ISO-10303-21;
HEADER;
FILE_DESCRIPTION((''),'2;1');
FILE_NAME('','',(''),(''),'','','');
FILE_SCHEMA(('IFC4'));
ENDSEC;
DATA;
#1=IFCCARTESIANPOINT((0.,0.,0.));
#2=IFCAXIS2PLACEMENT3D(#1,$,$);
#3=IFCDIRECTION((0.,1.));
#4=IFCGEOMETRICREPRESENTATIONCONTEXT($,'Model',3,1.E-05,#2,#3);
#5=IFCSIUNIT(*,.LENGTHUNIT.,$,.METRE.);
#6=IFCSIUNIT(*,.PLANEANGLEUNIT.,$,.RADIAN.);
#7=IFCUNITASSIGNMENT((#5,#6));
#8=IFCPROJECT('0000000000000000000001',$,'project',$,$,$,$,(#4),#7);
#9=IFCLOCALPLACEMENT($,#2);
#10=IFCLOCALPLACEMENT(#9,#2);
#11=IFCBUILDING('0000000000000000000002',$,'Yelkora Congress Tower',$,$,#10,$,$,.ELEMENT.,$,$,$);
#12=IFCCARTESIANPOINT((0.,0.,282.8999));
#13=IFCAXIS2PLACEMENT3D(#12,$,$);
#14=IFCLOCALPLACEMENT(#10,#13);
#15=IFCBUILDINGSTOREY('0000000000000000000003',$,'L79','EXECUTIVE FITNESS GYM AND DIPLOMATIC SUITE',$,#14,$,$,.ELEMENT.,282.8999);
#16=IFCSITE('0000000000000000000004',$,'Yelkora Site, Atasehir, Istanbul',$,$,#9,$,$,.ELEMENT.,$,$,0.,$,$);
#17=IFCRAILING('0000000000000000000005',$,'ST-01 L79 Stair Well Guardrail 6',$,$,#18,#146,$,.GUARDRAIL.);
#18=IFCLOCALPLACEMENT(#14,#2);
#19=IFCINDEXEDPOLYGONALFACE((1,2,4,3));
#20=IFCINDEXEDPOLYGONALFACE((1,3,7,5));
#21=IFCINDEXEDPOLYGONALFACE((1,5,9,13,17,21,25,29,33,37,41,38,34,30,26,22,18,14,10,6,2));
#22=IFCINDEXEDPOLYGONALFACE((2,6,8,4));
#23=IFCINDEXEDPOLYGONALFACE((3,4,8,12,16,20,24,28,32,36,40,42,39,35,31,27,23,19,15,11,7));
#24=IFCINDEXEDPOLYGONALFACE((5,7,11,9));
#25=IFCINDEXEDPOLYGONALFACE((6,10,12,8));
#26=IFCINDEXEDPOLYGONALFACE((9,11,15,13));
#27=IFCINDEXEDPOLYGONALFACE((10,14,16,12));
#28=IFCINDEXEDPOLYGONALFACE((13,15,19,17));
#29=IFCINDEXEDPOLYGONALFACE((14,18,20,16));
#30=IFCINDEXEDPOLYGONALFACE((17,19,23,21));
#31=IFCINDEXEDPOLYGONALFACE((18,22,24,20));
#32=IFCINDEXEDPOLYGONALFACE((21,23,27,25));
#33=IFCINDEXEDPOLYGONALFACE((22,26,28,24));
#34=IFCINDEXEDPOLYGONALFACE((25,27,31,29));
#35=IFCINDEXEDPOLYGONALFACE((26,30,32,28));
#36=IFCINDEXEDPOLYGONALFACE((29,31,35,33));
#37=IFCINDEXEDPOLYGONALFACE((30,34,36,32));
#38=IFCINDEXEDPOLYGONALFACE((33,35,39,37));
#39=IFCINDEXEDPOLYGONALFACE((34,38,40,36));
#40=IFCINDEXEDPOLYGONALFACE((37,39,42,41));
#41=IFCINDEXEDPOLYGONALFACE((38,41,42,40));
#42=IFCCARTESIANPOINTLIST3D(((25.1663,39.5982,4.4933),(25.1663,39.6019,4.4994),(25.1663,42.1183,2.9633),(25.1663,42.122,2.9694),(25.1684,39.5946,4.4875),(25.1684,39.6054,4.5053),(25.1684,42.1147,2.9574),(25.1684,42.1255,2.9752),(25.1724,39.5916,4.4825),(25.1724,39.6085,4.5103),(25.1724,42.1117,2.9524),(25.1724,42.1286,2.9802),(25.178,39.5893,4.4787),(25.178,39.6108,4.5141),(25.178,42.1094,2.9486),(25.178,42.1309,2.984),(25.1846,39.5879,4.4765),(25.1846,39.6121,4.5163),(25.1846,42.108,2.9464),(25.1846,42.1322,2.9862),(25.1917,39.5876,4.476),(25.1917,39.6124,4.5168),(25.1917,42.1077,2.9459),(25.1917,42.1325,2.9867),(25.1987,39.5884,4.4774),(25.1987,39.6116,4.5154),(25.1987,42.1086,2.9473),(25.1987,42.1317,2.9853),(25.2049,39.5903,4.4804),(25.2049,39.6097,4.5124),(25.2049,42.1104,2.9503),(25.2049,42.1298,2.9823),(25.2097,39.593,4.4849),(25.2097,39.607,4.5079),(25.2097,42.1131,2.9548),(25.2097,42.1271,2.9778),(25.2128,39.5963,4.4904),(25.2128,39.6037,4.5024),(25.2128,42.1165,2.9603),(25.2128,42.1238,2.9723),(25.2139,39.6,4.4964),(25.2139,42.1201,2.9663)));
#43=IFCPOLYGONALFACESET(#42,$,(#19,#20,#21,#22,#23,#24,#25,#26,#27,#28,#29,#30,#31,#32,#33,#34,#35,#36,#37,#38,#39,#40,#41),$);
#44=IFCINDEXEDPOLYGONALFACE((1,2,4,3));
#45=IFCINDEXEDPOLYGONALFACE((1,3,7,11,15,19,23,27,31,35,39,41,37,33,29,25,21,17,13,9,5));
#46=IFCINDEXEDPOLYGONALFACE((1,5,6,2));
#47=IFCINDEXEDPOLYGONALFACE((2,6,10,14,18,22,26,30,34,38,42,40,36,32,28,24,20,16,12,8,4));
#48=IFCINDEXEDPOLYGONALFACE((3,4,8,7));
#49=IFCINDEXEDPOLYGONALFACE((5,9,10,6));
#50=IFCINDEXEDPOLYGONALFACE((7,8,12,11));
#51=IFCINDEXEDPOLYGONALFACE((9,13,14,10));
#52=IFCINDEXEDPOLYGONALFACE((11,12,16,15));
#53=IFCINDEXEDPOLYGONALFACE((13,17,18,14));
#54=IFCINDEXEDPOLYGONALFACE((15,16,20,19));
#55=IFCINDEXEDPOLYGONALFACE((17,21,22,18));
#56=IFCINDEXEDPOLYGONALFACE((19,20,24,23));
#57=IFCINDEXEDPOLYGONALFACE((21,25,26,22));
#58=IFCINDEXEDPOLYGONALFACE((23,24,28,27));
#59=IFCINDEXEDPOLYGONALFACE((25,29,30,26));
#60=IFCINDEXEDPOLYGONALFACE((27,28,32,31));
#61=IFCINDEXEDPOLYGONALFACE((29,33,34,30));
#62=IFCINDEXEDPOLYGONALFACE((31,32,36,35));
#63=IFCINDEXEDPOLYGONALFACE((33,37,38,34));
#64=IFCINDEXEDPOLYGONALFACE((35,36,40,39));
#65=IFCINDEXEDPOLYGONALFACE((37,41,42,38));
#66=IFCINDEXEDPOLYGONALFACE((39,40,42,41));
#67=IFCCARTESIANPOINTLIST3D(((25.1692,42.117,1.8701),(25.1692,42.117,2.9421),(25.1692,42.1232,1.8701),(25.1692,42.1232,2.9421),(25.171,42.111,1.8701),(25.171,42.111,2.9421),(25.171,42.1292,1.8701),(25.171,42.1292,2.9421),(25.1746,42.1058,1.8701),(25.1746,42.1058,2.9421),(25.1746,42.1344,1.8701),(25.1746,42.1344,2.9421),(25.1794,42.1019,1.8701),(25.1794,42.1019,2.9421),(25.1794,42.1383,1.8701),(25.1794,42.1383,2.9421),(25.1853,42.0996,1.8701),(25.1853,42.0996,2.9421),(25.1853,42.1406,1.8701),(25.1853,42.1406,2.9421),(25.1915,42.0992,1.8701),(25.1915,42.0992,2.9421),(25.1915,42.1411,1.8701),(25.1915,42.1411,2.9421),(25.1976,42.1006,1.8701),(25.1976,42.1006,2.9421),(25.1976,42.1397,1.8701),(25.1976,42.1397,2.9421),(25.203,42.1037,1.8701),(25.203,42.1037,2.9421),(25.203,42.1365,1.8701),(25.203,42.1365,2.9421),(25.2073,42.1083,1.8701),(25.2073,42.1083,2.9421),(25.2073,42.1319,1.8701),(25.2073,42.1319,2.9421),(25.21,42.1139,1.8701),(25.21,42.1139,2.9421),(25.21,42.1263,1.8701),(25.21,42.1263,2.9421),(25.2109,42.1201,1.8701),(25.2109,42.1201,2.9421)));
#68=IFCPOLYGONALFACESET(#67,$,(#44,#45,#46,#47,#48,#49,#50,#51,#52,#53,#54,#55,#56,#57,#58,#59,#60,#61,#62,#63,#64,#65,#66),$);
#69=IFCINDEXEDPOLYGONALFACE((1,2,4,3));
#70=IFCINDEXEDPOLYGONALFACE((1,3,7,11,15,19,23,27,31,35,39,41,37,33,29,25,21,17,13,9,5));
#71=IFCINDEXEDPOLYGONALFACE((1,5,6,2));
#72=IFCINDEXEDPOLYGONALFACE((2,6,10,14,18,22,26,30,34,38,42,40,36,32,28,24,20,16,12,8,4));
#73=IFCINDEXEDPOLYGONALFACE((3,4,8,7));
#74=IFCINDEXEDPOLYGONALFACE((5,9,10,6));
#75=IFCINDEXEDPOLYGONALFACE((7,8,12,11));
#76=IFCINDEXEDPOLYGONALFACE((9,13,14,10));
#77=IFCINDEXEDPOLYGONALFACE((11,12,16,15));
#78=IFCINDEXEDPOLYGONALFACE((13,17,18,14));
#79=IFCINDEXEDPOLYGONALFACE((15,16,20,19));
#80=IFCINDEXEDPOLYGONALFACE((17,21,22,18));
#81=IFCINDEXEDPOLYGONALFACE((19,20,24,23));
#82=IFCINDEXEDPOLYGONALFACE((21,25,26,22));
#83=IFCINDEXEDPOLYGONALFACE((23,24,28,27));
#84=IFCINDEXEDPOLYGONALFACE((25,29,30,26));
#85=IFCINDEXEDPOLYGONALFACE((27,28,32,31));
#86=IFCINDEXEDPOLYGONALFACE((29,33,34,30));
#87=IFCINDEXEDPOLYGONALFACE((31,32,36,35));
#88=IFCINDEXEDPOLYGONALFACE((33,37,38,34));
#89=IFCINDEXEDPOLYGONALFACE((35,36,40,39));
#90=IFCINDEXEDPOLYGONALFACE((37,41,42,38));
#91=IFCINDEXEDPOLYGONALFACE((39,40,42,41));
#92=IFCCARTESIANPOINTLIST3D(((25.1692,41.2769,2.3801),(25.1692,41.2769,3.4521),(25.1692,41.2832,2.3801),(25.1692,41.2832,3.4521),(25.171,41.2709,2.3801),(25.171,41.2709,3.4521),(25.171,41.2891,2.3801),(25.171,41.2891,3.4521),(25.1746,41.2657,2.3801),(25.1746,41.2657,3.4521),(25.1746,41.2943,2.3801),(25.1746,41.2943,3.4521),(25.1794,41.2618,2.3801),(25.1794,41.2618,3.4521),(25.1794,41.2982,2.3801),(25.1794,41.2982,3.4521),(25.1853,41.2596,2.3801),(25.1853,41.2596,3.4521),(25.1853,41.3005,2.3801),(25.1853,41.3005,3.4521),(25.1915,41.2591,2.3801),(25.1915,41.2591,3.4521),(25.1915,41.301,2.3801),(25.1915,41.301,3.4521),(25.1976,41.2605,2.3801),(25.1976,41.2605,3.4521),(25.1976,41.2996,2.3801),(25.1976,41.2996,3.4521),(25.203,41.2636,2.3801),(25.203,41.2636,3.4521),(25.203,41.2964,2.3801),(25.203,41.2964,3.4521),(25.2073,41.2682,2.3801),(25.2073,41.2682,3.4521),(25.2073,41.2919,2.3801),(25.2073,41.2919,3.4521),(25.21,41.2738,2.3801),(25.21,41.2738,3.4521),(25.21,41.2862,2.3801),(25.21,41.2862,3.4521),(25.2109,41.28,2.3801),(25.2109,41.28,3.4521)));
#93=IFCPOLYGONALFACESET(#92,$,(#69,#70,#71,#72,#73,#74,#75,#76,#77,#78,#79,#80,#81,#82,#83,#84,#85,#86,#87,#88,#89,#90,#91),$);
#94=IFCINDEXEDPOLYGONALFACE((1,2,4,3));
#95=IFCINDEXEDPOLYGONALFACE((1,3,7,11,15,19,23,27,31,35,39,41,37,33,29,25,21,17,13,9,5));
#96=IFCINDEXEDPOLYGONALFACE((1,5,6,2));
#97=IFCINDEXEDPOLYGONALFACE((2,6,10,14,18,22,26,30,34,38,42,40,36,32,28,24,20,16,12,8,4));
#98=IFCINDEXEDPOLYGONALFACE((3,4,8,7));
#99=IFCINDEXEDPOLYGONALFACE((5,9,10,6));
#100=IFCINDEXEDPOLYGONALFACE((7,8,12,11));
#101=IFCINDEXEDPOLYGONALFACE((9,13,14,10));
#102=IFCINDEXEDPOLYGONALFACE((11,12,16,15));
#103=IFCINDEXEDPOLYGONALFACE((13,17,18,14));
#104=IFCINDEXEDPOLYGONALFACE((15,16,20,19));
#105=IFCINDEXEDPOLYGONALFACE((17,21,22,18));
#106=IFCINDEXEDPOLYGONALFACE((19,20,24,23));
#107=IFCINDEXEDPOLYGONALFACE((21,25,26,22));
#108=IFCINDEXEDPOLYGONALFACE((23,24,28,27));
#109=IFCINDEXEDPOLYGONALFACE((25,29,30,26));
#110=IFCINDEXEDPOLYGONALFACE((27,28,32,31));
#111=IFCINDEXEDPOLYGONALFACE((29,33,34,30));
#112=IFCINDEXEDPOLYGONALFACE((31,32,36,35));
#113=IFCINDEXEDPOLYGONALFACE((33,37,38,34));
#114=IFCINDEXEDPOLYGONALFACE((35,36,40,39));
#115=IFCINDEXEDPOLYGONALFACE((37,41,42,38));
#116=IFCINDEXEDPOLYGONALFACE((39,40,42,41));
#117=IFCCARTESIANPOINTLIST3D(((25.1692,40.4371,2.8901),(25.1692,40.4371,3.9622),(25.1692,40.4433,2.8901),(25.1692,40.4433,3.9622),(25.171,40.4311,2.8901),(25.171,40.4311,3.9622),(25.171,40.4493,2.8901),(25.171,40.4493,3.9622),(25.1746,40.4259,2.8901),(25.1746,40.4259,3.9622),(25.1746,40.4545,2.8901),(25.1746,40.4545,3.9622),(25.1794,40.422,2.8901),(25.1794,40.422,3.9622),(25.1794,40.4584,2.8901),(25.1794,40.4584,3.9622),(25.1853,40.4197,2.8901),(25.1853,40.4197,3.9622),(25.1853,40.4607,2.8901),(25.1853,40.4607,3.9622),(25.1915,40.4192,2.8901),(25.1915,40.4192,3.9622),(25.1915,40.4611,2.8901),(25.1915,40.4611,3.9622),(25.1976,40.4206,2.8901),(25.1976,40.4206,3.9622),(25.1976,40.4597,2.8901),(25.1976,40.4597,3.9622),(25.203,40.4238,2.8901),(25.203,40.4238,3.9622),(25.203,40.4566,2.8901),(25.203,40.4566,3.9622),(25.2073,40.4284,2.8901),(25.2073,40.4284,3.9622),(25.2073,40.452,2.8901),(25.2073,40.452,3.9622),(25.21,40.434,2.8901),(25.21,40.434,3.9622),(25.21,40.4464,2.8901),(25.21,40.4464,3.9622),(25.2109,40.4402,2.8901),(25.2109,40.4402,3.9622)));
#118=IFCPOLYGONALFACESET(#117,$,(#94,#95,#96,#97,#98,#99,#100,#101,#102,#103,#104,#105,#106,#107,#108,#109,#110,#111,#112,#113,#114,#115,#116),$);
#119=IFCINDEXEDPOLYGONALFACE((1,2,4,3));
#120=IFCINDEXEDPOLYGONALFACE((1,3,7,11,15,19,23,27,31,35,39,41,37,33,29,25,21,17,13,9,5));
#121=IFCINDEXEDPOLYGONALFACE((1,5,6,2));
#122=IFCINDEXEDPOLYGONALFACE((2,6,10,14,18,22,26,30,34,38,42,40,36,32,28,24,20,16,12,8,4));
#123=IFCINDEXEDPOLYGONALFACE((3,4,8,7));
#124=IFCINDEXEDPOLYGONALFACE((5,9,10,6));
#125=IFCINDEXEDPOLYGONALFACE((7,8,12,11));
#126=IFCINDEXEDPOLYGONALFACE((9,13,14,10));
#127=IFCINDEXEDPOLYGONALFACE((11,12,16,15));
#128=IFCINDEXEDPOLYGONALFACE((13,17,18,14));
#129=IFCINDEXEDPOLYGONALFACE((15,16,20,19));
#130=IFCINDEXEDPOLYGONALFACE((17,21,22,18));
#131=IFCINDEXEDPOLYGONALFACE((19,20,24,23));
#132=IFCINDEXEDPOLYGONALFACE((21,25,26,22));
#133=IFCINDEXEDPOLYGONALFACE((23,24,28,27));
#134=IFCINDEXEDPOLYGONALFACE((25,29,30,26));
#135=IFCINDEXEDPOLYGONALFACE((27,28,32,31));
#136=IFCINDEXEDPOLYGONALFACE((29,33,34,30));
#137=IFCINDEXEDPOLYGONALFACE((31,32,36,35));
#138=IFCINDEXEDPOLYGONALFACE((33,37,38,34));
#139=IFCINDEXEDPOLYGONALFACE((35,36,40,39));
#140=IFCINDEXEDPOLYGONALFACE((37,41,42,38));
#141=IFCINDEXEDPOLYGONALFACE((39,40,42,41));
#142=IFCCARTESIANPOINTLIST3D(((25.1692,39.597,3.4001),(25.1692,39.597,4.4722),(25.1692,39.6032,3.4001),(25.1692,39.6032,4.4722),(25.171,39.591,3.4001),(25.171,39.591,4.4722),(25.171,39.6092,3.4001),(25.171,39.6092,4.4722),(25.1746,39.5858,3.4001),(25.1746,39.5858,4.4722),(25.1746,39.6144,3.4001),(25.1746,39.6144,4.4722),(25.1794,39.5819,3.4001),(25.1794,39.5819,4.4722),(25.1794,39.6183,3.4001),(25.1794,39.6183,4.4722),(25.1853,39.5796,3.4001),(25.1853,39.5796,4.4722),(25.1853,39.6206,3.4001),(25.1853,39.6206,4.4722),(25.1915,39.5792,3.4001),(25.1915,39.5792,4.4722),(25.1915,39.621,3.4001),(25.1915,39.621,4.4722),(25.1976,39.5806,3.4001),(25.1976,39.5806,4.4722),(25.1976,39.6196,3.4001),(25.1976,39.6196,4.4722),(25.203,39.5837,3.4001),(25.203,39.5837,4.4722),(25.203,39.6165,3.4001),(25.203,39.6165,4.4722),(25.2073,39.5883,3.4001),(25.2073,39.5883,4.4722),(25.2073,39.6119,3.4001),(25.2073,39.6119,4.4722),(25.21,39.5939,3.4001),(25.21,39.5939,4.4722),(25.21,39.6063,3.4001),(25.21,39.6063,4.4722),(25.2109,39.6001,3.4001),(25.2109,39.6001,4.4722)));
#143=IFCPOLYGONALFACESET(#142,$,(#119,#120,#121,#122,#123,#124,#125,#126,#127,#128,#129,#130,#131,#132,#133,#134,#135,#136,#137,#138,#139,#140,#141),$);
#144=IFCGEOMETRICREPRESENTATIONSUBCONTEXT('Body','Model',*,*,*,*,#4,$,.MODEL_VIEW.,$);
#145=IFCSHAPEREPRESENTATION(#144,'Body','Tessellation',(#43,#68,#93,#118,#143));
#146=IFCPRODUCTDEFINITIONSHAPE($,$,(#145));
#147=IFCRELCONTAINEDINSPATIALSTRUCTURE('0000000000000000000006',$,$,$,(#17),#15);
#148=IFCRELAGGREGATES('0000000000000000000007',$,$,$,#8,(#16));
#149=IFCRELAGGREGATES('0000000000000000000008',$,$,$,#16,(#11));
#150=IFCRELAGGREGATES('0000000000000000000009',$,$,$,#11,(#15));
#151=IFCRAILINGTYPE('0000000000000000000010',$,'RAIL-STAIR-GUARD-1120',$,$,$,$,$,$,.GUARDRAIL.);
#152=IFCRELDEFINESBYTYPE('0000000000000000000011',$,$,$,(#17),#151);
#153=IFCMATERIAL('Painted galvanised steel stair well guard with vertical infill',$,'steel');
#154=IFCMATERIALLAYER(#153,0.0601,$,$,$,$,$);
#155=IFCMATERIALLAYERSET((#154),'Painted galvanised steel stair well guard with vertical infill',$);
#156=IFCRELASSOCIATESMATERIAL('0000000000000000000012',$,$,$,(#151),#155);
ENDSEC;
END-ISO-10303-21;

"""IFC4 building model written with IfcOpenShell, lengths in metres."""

from ifc_helpers import new_model, si_unit, direction, frame, origin, origin_2d, place, context, subcontext, project, spatial, circle, extrude, material, layer, layer_set, type_object, element, save


model = new_model("IFC4")

# Units and contexts
model_context = context("Model", 3, precision=1e-05, world=origin(), true_north=direction((0.0, 1.0)))
body_context = subcontext(model_context, "Body", "Model", "MODEL_VIEW")
ifc_project = project(units=[si_unit("LENGTHUNIT", "METRE"), si_unit("PLANEANGLEUNIT", "RADIAN")], contexts=[model_context])

# Site, building, storey
site_placement = place(None, origin())
site = spatial("IfcSite", under=ifc_project, at=site_placement, Name="Yelkora Site, Atasehir, Istanbul", CompositionType="ELEMENT", RefElevation=0.0)
building_placement = place(site_placement, origin())
building = spatial("IfcBuilding", under=site, at=building_placement, Name="Yelkora Congress Tower", CompositionType="ELEMENT")
storey_placement = place(building_placement, frame((0.0, 0.0, 282.8999)))
storey = spatial("IfcBuildingStorey", under=building, at=storey_placement, Name="L79", Description="EXECUTIVE FITNESS GYM AND DIPLOMATIC SUITE", CompositionType="ELEMENT", Elevation=282.8999)

# Railing
ifc_material_1 = material(Name="Painted galvanised steel stair well guard with vertical infill", Category="steel")
ifc_layer_1 = layer(ifc_material_1, 0.0601)
ifc_layer_set_1 = layer_set([ifc_layer_1], Name="Painted galvanised steel stair well guard with vertical infill")
railing_type = type_object("IfcRailingType", Name="RAIL-STAIR-GUARD-1120", PredefinedType="GUARDRAIL", material=ifc_layer_set_1)
railing_1_placement = place(storey_placement, frame((25.1899, 42.1201, 1.8701)))
element("IfcRailing", 1, at=railing_1_placement, inside=storey, type_object=railing_type, Name="ST-01 L79 Stair Well Guardrail 6", PredefinedType="GUARDRAIL", context=body_context, shape_type="SweptSolid", body=[
    extrude(circle(Radius=0.0239, at=origin_2d()), frame((0.0, 0.0, 1.0962), z_axis=(0.0, -0.854785, 0.518982), x_axis=(1.0, 0.0, 0.0)), (0.0, 0.0, 1.0), 2.9482),
    extrude(circle(Radius=0.021, at=origin_2d()), origin(), (0.0, 0.0, 1.0), 1.072),
    extrude(circle(Radius=0.021, at=origin_2d()), frame((0.0, -0.8401, 0.51)), (0.0, 0.0, 1.0), 1.072),
    extrude(circle(Radius=0.021, at=origin_2d()), frame((0.0, -1.6799, 1.02)), (0.0, 0.0, 1.0), 1.072),
    extrude(circle(Radius=0.021, at=origin_2d()), frame((0.0, -2.52, 1.53)), (0.0, 0.0, 1.0), 1.072),
])

save(model, "model.ifc")
